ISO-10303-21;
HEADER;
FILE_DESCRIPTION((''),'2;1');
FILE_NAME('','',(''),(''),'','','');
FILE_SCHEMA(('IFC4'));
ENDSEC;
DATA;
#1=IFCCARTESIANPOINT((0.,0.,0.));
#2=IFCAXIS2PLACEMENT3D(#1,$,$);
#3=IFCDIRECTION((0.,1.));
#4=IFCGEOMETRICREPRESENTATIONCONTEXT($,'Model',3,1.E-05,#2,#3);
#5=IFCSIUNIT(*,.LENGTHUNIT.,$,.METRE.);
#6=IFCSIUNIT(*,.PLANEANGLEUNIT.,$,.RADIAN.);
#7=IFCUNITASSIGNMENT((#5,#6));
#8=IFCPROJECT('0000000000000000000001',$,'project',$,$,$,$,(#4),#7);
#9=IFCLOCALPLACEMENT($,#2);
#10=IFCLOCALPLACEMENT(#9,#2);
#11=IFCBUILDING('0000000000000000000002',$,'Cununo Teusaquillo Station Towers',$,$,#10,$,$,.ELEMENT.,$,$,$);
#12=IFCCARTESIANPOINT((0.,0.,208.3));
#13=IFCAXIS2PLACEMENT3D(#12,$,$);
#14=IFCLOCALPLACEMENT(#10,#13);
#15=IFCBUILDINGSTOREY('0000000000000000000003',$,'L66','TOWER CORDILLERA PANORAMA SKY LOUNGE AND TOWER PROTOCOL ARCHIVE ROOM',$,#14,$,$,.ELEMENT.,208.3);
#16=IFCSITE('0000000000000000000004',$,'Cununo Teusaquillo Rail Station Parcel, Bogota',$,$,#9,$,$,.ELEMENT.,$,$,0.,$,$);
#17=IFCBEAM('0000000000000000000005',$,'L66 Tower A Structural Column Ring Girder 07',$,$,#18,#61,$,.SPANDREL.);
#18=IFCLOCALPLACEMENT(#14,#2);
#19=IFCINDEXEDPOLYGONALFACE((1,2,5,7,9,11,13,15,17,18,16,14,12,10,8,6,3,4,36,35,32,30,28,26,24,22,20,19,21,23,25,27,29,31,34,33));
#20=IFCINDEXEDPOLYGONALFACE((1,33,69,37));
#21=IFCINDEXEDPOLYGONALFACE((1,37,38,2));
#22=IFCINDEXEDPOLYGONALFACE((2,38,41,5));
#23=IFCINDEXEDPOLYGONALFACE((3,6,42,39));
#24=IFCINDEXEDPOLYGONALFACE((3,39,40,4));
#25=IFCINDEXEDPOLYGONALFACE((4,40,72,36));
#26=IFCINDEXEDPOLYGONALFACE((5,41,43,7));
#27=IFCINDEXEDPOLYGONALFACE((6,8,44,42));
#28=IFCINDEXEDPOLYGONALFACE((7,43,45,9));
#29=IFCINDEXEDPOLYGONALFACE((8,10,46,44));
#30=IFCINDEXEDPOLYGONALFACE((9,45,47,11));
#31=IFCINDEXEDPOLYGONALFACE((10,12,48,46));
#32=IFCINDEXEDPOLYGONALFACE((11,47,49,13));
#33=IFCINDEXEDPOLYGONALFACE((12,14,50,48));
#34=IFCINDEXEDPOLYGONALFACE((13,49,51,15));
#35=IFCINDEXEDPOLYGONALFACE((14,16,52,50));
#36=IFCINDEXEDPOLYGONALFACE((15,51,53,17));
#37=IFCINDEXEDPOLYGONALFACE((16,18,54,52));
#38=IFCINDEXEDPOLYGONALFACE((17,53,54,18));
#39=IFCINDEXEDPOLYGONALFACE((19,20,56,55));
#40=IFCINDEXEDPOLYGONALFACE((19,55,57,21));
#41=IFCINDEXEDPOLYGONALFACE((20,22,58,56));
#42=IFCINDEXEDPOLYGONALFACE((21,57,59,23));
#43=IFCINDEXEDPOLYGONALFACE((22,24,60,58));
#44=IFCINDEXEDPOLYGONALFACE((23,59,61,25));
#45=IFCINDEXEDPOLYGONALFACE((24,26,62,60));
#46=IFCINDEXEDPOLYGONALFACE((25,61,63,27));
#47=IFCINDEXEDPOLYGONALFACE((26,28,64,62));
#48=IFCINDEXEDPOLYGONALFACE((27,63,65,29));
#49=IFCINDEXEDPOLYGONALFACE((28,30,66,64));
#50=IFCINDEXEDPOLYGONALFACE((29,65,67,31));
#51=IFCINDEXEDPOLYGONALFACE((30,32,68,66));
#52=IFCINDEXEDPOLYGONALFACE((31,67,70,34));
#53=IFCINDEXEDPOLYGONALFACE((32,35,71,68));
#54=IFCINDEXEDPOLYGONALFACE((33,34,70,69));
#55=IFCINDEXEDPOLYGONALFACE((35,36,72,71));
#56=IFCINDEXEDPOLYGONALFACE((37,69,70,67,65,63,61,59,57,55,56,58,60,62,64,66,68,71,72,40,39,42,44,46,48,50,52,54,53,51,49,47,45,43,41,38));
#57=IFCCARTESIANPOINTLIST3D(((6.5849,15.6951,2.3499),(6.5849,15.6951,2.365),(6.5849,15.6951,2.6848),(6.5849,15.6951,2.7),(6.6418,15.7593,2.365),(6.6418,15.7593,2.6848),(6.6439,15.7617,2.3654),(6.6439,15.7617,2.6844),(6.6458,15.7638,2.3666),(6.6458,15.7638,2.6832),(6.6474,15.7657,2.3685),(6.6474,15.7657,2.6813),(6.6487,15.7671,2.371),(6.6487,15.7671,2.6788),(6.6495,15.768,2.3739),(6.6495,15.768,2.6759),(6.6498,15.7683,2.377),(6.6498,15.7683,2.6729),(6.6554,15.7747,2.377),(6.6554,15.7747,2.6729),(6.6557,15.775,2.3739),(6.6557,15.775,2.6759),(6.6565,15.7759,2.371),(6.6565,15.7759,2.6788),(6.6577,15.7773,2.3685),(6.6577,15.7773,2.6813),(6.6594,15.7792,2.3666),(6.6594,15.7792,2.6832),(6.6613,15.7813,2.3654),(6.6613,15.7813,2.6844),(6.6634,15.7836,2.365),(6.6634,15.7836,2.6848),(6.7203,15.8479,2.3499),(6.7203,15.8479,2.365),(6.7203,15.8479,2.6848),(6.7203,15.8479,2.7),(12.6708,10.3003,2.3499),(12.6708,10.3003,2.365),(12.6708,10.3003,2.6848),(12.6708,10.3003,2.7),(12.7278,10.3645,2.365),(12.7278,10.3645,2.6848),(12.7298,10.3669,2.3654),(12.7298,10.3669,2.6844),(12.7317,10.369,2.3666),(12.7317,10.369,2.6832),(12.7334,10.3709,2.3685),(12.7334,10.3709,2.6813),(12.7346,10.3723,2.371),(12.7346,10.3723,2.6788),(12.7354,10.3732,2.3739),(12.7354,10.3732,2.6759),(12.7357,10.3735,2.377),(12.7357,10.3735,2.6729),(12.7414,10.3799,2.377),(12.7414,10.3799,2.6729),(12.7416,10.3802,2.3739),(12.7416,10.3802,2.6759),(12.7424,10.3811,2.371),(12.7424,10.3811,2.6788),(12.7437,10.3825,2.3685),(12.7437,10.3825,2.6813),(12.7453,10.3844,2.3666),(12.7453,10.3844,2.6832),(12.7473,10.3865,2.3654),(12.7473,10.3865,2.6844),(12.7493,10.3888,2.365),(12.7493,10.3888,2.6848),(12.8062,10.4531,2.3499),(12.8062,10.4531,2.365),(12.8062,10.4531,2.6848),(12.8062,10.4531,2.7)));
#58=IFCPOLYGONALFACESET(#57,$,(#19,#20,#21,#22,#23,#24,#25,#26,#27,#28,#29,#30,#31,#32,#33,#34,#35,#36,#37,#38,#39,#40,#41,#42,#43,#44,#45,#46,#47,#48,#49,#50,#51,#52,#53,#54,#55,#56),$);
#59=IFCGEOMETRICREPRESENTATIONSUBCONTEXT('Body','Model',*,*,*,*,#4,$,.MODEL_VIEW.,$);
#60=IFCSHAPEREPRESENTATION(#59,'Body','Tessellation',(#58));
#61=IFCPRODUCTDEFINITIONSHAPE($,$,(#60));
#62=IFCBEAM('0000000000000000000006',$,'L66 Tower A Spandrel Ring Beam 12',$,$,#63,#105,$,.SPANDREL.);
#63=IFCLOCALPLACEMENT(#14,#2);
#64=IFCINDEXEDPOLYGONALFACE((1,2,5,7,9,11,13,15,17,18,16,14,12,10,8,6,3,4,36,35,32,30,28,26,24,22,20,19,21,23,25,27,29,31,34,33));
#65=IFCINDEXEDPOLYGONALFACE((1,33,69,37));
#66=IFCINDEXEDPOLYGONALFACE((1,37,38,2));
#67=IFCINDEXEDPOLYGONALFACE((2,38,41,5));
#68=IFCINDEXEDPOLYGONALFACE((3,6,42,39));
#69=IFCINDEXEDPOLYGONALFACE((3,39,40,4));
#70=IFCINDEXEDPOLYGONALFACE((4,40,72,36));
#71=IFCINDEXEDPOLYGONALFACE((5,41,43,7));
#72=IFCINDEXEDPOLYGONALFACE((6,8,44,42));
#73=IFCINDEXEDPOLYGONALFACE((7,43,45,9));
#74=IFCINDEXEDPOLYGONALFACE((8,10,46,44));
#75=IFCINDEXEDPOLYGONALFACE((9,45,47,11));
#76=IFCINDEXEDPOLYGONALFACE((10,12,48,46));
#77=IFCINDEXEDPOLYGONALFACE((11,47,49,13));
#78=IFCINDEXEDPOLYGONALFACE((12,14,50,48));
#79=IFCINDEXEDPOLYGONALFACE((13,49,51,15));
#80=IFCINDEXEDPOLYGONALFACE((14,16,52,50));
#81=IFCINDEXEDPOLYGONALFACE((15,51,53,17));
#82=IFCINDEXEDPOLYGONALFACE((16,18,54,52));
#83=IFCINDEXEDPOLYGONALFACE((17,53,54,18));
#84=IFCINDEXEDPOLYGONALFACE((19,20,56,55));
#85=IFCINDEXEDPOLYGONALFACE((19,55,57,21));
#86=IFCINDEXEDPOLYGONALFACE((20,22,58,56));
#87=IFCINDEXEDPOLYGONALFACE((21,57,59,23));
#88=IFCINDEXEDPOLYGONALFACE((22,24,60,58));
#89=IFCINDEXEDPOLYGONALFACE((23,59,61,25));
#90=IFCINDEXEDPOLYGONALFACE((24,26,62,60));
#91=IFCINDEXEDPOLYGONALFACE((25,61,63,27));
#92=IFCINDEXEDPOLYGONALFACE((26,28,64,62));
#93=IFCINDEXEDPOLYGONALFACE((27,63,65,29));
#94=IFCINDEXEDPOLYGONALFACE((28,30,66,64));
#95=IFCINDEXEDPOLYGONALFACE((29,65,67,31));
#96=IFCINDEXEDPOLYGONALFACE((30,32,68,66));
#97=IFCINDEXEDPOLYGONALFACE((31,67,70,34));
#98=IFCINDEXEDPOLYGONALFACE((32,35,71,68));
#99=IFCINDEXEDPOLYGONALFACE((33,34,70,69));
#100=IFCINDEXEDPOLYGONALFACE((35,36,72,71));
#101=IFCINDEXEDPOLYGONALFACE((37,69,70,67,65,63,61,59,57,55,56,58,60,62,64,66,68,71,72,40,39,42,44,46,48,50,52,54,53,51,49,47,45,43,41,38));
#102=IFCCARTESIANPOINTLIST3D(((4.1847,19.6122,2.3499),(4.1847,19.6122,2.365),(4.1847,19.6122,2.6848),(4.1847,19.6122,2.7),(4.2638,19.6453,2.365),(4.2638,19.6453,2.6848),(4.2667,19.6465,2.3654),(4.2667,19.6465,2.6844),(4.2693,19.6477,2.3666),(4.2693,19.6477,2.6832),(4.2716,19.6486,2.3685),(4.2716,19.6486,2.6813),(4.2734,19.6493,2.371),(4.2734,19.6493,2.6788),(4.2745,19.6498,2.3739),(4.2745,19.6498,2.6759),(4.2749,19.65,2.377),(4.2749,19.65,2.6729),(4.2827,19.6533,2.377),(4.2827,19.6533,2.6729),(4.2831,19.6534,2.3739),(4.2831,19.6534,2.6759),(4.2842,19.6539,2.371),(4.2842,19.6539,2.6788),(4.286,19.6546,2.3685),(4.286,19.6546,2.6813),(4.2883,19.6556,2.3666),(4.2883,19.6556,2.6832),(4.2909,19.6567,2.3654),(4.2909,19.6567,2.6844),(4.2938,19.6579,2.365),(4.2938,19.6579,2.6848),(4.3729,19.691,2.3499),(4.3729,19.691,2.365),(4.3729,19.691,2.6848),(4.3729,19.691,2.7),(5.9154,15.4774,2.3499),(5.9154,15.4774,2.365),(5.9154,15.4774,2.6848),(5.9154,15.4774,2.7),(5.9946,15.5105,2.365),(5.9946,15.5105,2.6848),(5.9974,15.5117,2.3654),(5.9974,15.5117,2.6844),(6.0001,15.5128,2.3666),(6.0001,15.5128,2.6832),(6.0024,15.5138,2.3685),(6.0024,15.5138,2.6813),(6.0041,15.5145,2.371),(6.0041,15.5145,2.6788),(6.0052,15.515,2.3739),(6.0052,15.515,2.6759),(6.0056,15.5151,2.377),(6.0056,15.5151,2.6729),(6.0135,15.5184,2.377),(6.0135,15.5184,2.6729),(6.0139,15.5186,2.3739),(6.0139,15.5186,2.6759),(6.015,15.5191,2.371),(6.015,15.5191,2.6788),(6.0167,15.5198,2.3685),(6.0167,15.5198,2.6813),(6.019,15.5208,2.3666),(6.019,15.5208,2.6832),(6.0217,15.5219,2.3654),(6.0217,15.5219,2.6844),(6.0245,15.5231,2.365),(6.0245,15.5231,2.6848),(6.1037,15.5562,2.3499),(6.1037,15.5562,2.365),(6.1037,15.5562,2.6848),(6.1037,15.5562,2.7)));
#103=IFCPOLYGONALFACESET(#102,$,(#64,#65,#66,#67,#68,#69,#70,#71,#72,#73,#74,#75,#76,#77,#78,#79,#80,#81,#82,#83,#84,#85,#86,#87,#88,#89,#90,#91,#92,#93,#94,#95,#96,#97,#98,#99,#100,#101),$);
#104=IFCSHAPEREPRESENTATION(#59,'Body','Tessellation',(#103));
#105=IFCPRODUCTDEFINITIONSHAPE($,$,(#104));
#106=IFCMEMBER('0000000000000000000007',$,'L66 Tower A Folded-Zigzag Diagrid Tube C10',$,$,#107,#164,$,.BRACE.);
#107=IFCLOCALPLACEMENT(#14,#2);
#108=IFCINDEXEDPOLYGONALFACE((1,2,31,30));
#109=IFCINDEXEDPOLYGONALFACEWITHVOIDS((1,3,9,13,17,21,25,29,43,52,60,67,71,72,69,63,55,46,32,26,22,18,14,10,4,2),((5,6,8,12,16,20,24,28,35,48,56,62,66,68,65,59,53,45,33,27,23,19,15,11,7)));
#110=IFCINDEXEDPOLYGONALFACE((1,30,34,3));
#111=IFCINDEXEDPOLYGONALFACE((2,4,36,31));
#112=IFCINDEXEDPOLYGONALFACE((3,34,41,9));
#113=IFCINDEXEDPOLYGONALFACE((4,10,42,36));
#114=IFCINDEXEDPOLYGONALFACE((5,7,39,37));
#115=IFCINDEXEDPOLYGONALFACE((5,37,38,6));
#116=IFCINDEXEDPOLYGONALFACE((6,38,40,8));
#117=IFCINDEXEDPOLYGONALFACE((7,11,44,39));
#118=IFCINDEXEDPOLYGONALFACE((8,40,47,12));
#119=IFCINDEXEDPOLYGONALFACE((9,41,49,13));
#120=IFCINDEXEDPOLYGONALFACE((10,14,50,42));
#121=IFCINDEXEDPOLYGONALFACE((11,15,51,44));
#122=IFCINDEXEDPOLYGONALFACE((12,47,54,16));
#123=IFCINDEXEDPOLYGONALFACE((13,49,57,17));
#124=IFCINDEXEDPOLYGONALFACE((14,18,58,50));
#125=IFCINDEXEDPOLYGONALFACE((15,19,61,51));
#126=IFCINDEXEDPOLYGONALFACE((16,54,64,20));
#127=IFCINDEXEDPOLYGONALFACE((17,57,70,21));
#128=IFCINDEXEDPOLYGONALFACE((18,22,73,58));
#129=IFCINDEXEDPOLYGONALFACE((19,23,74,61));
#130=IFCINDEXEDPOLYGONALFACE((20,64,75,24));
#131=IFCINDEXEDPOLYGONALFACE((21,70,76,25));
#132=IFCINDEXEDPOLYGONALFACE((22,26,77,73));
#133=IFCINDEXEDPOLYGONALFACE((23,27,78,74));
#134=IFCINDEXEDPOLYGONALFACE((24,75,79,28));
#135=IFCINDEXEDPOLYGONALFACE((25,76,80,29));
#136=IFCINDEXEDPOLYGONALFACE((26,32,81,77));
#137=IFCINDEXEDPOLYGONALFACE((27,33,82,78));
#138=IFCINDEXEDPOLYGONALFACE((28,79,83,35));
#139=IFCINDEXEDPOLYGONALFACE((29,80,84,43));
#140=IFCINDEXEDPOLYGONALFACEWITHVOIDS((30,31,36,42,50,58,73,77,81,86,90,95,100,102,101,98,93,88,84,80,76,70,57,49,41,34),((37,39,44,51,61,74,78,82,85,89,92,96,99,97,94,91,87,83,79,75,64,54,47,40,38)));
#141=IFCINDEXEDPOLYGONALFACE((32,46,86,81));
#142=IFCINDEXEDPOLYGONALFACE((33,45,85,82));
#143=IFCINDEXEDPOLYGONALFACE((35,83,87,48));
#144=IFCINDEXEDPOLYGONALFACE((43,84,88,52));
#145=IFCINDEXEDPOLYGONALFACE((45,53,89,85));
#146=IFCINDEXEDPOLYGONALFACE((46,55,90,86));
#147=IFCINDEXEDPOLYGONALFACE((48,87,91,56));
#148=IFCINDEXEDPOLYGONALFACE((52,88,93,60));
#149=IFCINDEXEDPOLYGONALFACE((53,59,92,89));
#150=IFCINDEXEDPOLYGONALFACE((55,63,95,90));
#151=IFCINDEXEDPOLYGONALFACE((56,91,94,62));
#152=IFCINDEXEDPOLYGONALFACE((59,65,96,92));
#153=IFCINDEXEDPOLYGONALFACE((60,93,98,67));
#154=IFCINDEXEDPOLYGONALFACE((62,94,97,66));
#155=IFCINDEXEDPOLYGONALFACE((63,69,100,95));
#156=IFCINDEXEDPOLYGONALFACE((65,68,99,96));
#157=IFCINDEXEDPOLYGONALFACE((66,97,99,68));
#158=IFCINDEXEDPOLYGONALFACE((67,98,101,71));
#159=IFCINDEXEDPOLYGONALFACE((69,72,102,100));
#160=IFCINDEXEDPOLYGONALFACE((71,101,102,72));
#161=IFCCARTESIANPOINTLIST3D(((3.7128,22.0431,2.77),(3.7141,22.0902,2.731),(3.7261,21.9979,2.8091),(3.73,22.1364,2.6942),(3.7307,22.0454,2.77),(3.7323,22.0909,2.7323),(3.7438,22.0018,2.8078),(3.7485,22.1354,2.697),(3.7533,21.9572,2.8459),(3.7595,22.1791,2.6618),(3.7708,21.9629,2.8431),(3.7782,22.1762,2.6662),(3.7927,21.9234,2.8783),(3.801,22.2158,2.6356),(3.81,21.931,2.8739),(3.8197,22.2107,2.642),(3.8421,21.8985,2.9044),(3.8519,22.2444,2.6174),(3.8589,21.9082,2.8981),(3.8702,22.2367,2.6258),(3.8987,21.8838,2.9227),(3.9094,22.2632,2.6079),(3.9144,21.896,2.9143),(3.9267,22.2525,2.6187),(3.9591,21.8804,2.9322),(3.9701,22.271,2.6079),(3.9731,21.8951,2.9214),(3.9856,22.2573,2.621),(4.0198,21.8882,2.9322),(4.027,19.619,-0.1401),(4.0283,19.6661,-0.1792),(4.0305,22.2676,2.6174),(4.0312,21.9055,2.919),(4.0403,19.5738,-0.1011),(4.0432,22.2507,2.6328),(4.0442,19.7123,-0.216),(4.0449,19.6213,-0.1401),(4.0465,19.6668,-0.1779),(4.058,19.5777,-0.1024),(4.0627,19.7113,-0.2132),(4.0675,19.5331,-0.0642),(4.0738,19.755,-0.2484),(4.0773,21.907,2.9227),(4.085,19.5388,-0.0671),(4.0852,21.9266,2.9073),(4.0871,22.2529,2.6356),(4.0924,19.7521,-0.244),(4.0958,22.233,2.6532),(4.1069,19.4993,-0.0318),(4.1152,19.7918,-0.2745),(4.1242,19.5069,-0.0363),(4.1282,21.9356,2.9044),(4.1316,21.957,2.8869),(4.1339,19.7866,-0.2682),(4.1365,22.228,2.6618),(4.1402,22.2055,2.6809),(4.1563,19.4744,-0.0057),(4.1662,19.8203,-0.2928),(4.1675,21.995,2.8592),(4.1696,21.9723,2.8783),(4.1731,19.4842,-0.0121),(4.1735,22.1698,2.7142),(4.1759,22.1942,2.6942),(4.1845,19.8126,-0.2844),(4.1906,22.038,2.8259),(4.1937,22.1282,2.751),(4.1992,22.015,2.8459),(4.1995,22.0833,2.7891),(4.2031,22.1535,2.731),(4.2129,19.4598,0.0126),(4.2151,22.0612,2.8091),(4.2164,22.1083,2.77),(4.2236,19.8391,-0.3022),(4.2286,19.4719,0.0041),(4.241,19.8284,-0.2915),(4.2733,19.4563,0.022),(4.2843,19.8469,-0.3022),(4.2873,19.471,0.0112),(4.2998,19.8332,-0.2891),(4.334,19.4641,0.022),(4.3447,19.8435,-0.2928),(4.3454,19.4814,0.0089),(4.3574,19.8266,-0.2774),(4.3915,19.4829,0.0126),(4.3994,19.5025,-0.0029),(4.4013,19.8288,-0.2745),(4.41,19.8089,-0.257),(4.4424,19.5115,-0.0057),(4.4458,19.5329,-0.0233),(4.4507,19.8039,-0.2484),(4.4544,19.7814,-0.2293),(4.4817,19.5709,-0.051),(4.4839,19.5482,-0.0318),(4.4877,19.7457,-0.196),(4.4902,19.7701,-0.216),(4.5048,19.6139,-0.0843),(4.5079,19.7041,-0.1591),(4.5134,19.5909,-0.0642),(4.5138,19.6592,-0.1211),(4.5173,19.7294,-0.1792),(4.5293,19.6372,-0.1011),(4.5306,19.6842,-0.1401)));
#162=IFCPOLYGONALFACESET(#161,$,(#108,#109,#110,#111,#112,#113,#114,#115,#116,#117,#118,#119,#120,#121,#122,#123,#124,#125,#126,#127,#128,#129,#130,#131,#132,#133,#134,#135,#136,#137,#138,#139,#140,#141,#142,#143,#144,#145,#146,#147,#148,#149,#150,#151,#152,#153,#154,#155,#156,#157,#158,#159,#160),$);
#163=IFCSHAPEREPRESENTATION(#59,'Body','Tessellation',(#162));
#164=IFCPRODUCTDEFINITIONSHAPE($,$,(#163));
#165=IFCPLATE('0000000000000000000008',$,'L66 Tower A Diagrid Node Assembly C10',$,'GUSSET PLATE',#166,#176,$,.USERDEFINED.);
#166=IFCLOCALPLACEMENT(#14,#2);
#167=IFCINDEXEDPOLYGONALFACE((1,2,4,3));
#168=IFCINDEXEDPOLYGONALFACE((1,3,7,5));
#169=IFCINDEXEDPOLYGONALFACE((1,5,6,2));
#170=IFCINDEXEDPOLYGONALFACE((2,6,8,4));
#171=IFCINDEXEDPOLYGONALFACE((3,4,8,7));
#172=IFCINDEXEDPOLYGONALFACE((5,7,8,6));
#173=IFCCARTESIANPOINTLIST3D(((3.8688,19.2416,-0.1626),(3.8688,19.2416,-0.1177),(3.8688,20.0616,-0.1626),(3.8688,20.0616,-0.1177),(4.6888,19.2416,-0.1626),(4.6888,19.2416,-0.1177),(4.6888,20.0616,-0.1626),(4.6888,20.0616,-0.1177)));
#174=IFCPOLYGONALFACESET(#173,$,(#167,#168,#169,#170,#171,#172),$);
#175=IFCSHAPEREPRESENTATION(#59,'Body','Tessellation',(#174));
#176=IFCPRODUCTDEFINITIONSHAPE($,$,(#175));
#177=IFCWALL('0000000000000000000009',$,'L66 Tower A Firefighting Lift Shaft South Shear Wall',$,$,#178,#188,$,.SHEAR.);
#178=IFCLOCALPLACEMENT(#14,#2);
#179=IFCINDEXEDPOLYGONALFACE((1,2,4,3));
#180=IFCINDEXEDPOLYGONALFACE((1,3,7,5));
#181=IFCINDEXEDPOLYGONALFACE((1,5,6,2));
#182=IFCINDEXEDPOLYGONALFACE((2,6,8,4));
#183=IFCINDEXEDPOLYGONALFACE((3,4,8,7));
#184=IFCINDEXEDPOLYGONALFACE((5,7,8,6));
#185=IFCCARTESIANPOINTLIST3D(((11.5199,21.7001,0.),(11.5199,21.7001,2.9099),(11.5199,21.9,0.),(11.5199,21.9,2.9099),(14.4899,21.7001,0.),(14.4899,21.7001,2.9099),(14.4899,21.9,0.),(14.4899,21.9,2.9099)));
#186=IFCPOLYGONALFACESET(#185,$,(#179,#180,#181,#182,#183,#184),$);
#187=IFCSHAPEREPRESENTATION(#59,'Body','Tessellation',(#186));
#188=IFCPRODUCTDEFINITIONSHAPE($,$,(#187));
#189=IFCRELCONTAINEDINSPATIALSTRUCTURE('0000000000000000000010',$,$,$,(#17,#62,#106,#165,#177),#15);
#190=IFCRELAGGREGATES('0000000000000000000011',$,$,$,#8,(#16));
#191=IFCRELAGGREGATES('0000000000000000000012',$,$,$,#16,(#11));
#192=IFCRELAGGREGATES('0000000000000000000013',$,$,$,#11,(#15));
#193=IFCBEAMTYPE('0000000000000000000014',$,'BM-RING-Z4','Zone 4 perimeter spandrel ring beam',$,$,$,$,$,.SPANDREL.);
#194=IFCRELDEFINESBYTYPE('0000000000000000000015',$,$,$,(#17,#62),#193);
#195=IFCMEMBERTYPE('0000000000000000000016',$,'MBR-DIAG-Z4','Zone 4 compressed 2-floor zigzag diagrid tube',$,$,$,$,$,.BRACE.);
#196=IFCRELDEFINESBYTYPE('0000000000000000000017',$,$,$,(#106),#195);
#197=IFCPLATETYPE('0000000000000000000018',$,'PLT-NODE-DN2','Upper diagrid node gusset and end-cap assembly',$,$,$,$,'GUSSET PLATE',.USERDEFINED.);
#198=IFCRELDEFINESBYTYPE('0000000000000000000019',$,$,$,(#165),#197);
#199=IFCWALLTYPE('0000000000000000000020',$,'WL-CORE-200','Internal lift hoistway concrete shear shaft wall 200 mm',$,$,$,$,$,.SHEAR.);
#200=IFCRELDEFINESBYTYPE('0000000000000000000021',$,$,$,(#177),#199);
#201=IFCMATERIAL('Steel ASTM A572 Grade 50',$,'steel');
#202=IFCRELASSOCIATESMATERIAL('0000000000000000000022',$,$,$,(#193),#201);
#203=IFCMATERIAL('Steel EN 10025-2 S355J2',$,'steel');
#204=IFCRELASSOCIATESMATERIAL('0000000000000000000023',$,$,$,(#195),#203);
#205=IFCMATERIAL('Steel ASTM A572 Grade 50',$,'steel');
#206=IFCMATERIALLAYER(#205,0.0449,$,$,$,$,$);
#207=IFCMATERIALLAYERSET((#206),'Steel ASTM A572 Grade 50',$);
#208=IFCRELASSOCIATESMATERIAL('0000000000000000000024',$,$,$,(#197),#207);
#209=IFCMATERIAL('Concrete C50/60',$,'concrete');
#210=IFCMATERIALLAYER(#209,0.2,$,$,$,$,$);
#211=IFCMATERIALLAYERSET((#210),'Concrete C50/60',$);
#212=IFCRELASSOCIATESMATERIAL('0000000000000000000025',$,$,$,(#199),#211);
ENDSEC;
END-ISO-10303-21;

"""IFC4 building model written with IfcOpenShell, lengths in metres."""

from ifc_helpers import new_model, si_unit, direction, frame, frame_2d, origin, origin_2d, place, context, subcontext, project, spatial, rectangle, hollow_circle, i_section, extrude, source, transform, mapped, material, layer, layer_set, material_profile, profile_set, type_object, element, save


model = new_model("IFC4")

# Units and contexts
model_context = context("Model", 3, precision=1e-05, world=origin(), true_north=direction((0.0, 1.0)))
body_context = subcontext(model_context, "Body", "Model", "MODEL_VIEW")
ifc_project = project(units=[si_unit("LENGTHUNIT", "METRE"), si_unit("PLANEANGLEUNIT", "RADIAN")], contexts=[model_context])

# Site, building, storey
site_placement = place(None, origin())
site = spatial("IfcSite", under=ifc_project, at=site_placement, Name="Cununo Teusaquillo Rail Station Parcel, Bogota", CompositionType="ELEMENT", RefElevation=0.0)
building_placement = place(site_placement, origin())
building = spatial("IfcBuilding", under=site, at=building_placement, Name="Cununo Teusaquillo Station Towers", CompositionType="ELEMENT")
storey_placement = place(building_placement, frame((0.0, 0.0, 208.3)))
storey = spatial("IfcBuildingStorey", under=building, at=storey_placement, Name="L66", Description="TOWER CORDILLERA PANORAMA SKY LOUNGE AND TOWER PROTOCOL ARCHIVE ROOM", CompositionType="ELEMENT", Elevation=208.3)

# Beams
ifc_material_1 = material(Name="Steel ASTM A572 Grade 50", Category="steel")
ifc_material_profile_1 = material_profile(ifc_material_1, i_section(OverallWidth=0.2041, OverallDepth=0.3501, WebThickness=0.0085, FlangeThickness=0.0151, FilletRadius=0.012, at=origin_2d()), Name="W14X48")
ifc_profile_set_1 = profile_set([ifc_material_profile_1], Name="Steel ASTM A572 Grade 50")
beam_type_1 = type_object("IfcBeamType", Name="BM-RING-Z4", Description="Zone 4 perimeter spandrel ring beam", PredefinedType="SPANDREL", material=ifc_profile_set_1)
beam_1_placement = place(storey_placement, frame((6.6526, 15.7715, 2.5249), z_axis=(0.748321, -0.663337, 0.0), x_axis=(0.663337, 0.748321, 0.0)))
element("IfcBeam", 1, at=beam_1_placement, inside=storey, type_object=beam_type_1, Name="L66 Tower A Structural Column Ring Girder 07", PredefinedType="SPANDREL", context=body_context, shape_type="SweptSolid", body=[
    extrude(i_section(OverallWidth=0.2041, OverallDepth=0.3501, WebThickness=0.0085, FlangeThickness=0.0151, FilletRadius=0.012, at=origin_2d()), origin(), (0.0, 0.0, 1.0), 8.1328),
])
beam_2_placement = place(storey_placement, frame((4.2788, 19.6516, 2.5249), z_axis=(0.386115, -0.92245, 0.0), x_axis=(0.92245, 0.386115, 0.0)))
element("IfcBeam", 2, at=beam_2_placement, inside=storey, type_object=beam_type_1, Name="L66 Tower A Spandrel Ring Beam 12", PredefinedType="SPANDREL", context=body_context, shape_type="SweptSolid", body=[
    extrude(i_section(OverallWidth=0.2041, OverallDepth=0.3501, WebThickness=0.0085, FlangeThickness=0.0151, FilletRadius=0.012, at=origin_2d()), origin(), (0.0, 0.0, 1.0), 4.4824),
])

# Member
ifc_material_2 = material(Name="Steel EN 10025-2 S355J2", Category="steel")
ifc_material_profile_2 = material_profile(ifc_material_2, hollow_circle(Radius=0.2539, WallThickness=0.0181, at=origin_2d()), Name="CHS 508x18")
ifc_profile_set_2 = profile_set([ifc_material_profile_2], Name="Steel EN 10025-2 S355J2")
member_type = type_object("IfcMemberType", Name="MBR-DIAG-Z4", Description="Zone 4 compressed 2-floor zigzag diagrid tube", PredefinedType="BRACE", material=ifc_profile_set_2)
member_placement = place(storey_placement, frame((4.2788, 19.6516, -0.1401), z_axis=(-0.082676, 0.637828, 0.765728), x_axis=(-0.991704, -0.128545, 0.0)))
element("IfcMember", 3, at=member_placement, inside=storey, type_object=member_type, Name="L66 Tower A Folded-Zigzag Diagrid Tube C10", PredefinedType="BRACE", context=body_context, shape_type="SweptSolid", body=[
    extrude(hollow_circle(Radius=0.2539, WallThickness=0.0181, at=origin_2d()), origin(), (0.0, 0.0, 1.0), 3.8005),
])

# Plate
ifc_material_3 = material(Name="Steel ASTM A572 Grade 50", Category="steel")
ifc_layer_1 = layer(ifc_material_3, 0.0449)
ifc_layer_set_1 = layer_set([ifc_layer_1], Name="Steel ASTM A572 Grade 50")
plate_type = type_object("IfcPlateType", Name="PLT-NODE-DN2", Description="Upper diagrid node gusset and end-cap assembly", ElementType="GUSSET PLATE", PredefinedType="USERDEFINED", material=ifc_layer_set_1)
shared_shape_1 = source(origin(), body_context, "Body", "SweptSolid", [
    extrude(rectangle(XDim=0.8201, YDim=0.8201, at=origin_2d()), origin(), (0.0, 0.0, 1.0), 0.0449),
])
plate_placement = place(storey_placement, frame((4.2788, 19.6516, -0.1626), z_axis=(0.0, 0.0, 1.0), x_axis=(1.0, 0.0, 0.0)))
element("IfcPlate", 4, at=plate_placement, inside=storey, type_object=plate_type, Name="L66 Tower A Diagrid Node Assembly C10", ObjectType="GUSSET PLATE", PredefinedType="USERDEFINED", context=body_context, shape_type="MappedRepresentation", body=[
    mapped(shared_shape_1, transform((0.0, 0.0, 0.0), x_axis=(1.0, 0.0, 0.0), y_axis=(0.0, 1.0, 0.0), z_axis=(0.0, 0.0, 1.0), scale=1.0)),
])

# Wall
ifc_material_4 = material(Name="Concrete C50/60", Category="concrete")
ifc_layer_2 = layer(ifc_material_4, 0.2)
ifc_layer_set_2 = layer_set([ifc_layer_2], Name="Concrete C50/60")
wall_type_1 = type_object("IfcWallType", Name="WL-CORE-200", Description="Internal lift hoistway concrete shear shaft wall 200 mm", PredefinedType="SHEAR", material=ifc_layer_set_2)
wall_1_placement = place(storey_placement, frame((11.52, 21.8, 0.0), z_axis=(0.0, 0.0, 1.0), x_axis=(1.0, 0.0, 0.0)))
element("IfcWall", 5, at=wall_1_placement, inside=storey, type_object=wall_type_1, Name="L66 Tower A Firefighting Lift Shaft South Shear Wall", PredefinedType="SHEAR", context=body_context, shape_type="SweptSolid", body=[
    extrude(rectangle(XDim=2.97, YDim=0.2, at=frame_2d((1.4849, 0.0))), origin(), (0.0, 0.0, 1.0), 2.9099),
])

save(model, "model.ifc")
